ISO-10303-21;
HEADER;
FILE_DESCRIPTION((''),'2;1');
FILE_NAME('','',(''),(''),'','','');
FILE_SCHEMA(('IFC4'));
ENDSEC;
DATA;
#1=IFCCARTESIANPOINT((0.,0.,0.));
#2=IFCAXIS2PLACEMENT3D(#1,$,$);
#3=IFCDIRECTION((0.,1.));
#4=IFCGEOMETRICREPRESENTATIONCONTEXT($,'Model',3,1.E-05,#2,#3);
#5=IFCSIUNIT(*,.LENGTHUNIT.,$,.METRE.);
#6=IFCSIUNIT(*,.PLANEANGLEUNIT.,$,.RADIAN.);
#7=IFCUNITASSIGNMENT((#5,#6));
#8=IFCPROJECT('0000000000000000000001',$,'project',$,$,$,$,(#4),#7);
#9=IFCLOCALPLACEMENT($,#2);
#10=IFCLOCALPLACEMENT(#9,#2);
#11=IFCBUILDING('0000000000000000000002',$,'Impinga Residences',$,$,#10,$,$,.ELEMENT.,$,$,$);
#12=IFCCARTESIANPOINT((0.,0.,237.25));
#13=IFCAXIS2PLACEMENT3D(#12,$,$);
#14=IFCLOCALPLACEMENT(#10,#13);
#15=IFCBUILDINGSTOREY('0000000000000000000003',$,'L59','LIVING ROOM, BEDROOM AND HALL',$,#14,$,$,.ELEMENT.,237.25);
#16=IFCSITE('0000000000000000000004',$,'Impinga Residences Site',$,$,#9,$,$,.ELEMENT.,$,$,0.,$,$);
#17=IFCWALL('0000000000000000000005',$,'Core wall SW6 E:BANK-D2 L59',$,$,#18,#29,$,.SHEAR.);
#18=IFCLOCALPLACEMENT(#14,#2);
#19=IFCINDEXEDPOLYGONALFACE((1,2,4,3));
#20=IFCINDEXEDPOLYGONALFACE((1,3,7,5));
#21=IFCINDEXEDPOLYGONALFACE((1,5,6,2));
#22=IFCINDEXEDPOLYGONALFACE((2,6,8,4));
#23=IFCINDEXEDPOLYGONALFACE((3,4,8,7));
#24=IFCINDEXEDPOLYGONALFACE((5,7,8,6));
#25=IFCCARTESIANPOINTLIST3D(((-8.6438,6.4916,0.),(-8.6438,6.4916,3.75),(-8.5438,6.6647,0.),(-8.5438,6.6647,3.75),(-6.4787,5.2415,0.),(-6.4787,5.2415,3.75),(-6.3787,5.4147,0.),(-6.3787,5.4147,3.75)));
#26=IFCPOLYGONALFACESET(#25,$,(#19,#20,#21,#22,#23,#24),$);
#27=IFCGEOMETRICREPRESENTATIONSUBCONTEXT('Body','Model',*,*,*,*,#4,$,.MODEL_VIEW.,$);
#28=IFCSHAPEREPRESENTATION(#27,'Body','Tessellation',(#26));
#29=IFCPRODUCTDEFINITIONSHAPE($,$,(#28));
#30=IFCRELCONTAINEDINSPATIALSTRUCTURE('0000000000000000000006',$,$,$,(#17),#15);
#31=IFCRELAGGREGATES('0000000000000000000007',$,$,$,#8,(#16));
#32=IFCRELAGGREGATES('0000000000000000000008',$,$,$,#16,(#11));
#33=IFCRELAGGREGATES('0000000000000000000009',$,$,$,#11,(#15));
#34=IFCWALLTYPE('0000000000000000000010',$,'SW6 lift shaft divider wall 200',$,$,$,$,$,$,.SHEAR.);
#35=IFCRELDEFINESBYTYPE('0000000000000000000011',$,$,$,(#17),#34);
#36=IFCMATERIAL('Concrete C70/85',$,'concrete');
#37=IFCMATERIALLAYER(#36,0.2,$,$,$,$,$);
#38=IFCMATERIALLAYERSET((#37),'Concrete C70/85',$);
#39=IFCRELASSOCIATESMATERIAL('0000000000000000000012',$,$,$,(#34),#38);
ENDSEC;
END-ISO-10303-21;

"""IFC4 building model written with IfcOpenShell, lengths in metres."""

from ifc_helpers import new_model, si_unit, direction, frame, frame_2d, origin, place, context, subcontext, project, spatial, rectangle, extrude, material, layer, layer_set, type_object, element, save


model = new_model("IFC4")

# Units and contexts
model_context = context("Model", 3, precision=1e-05, world=origin(), true_north=direction((0.0, 1.0)))
body_context = subcontext(model_context, "Body", "Model", "MODEL_VIEW")
ifc_project = project(units=[si_unit("LENGTHUNIT", "METRE"), si_unit("PLANEANGLEUNIT", "RADIAN")], contexts=[model_context])

# Site, building, storey
site_placement = place(None, origin())
site = spatial("IfcSite", under=ifc_project, at=site_placement, Name="Impinga Residences Site", CompositionType="ELEMENT", RefElevation=0.0)
building_placement = place(site_placement, origin())
building = spatial("IfcBuilding", under=site, at=building_placement, Name="Impinga Residences", CompositionType="ELEMENT")
storey_placement = place(building_placement, frame((0.0, 0.0, 237.25)))
storey = spatial("IfcBuildingStorey", under=building, at=storey_placement, Name="L59", Description="LIVING ROOM, BEDROOM AND HALL", CompositionType="ELEMENT", Elevation=237.25)

# Wall
ifc_material_1 = material(Name="Concrete C70/85", Category="concrete")
ifc_layer_1 = layer(ifc_material_1, 0.2)
ifc_layer_set_1 = layer_set([ifc_layer_1], Name="Concrete C70/85")
wall_type_1 = type_object("IfcWallType", Name="SW6 lift shaft divider wall 200", PredefinedType="SHEAR", material=ifc_layer_set_1)
wall_1_placement = place(storey_placement, frame((-6.4287, 5.3281, 0.0), z_axis=(0.0, 0.0, 1.0), x_axis=(-0.866023, 0.500004, 0.0)))
element("IfcWall", 1, at=wall_1_placement, inside=storey, type_object=wall_type_1, Name="Core wall SW6 E:BANK-D2 L59", PredefinedType="SHEAR", context=body_context, shape_type="SweptSolid", body=[
    extrude(rectangle(XDim=2.5, YDim=0.2, at=frame_2d((1.25, 0.0))), origin(), (0.0, 0.0, 1.0), 3.75),
])

save(model, "model.ifc")
